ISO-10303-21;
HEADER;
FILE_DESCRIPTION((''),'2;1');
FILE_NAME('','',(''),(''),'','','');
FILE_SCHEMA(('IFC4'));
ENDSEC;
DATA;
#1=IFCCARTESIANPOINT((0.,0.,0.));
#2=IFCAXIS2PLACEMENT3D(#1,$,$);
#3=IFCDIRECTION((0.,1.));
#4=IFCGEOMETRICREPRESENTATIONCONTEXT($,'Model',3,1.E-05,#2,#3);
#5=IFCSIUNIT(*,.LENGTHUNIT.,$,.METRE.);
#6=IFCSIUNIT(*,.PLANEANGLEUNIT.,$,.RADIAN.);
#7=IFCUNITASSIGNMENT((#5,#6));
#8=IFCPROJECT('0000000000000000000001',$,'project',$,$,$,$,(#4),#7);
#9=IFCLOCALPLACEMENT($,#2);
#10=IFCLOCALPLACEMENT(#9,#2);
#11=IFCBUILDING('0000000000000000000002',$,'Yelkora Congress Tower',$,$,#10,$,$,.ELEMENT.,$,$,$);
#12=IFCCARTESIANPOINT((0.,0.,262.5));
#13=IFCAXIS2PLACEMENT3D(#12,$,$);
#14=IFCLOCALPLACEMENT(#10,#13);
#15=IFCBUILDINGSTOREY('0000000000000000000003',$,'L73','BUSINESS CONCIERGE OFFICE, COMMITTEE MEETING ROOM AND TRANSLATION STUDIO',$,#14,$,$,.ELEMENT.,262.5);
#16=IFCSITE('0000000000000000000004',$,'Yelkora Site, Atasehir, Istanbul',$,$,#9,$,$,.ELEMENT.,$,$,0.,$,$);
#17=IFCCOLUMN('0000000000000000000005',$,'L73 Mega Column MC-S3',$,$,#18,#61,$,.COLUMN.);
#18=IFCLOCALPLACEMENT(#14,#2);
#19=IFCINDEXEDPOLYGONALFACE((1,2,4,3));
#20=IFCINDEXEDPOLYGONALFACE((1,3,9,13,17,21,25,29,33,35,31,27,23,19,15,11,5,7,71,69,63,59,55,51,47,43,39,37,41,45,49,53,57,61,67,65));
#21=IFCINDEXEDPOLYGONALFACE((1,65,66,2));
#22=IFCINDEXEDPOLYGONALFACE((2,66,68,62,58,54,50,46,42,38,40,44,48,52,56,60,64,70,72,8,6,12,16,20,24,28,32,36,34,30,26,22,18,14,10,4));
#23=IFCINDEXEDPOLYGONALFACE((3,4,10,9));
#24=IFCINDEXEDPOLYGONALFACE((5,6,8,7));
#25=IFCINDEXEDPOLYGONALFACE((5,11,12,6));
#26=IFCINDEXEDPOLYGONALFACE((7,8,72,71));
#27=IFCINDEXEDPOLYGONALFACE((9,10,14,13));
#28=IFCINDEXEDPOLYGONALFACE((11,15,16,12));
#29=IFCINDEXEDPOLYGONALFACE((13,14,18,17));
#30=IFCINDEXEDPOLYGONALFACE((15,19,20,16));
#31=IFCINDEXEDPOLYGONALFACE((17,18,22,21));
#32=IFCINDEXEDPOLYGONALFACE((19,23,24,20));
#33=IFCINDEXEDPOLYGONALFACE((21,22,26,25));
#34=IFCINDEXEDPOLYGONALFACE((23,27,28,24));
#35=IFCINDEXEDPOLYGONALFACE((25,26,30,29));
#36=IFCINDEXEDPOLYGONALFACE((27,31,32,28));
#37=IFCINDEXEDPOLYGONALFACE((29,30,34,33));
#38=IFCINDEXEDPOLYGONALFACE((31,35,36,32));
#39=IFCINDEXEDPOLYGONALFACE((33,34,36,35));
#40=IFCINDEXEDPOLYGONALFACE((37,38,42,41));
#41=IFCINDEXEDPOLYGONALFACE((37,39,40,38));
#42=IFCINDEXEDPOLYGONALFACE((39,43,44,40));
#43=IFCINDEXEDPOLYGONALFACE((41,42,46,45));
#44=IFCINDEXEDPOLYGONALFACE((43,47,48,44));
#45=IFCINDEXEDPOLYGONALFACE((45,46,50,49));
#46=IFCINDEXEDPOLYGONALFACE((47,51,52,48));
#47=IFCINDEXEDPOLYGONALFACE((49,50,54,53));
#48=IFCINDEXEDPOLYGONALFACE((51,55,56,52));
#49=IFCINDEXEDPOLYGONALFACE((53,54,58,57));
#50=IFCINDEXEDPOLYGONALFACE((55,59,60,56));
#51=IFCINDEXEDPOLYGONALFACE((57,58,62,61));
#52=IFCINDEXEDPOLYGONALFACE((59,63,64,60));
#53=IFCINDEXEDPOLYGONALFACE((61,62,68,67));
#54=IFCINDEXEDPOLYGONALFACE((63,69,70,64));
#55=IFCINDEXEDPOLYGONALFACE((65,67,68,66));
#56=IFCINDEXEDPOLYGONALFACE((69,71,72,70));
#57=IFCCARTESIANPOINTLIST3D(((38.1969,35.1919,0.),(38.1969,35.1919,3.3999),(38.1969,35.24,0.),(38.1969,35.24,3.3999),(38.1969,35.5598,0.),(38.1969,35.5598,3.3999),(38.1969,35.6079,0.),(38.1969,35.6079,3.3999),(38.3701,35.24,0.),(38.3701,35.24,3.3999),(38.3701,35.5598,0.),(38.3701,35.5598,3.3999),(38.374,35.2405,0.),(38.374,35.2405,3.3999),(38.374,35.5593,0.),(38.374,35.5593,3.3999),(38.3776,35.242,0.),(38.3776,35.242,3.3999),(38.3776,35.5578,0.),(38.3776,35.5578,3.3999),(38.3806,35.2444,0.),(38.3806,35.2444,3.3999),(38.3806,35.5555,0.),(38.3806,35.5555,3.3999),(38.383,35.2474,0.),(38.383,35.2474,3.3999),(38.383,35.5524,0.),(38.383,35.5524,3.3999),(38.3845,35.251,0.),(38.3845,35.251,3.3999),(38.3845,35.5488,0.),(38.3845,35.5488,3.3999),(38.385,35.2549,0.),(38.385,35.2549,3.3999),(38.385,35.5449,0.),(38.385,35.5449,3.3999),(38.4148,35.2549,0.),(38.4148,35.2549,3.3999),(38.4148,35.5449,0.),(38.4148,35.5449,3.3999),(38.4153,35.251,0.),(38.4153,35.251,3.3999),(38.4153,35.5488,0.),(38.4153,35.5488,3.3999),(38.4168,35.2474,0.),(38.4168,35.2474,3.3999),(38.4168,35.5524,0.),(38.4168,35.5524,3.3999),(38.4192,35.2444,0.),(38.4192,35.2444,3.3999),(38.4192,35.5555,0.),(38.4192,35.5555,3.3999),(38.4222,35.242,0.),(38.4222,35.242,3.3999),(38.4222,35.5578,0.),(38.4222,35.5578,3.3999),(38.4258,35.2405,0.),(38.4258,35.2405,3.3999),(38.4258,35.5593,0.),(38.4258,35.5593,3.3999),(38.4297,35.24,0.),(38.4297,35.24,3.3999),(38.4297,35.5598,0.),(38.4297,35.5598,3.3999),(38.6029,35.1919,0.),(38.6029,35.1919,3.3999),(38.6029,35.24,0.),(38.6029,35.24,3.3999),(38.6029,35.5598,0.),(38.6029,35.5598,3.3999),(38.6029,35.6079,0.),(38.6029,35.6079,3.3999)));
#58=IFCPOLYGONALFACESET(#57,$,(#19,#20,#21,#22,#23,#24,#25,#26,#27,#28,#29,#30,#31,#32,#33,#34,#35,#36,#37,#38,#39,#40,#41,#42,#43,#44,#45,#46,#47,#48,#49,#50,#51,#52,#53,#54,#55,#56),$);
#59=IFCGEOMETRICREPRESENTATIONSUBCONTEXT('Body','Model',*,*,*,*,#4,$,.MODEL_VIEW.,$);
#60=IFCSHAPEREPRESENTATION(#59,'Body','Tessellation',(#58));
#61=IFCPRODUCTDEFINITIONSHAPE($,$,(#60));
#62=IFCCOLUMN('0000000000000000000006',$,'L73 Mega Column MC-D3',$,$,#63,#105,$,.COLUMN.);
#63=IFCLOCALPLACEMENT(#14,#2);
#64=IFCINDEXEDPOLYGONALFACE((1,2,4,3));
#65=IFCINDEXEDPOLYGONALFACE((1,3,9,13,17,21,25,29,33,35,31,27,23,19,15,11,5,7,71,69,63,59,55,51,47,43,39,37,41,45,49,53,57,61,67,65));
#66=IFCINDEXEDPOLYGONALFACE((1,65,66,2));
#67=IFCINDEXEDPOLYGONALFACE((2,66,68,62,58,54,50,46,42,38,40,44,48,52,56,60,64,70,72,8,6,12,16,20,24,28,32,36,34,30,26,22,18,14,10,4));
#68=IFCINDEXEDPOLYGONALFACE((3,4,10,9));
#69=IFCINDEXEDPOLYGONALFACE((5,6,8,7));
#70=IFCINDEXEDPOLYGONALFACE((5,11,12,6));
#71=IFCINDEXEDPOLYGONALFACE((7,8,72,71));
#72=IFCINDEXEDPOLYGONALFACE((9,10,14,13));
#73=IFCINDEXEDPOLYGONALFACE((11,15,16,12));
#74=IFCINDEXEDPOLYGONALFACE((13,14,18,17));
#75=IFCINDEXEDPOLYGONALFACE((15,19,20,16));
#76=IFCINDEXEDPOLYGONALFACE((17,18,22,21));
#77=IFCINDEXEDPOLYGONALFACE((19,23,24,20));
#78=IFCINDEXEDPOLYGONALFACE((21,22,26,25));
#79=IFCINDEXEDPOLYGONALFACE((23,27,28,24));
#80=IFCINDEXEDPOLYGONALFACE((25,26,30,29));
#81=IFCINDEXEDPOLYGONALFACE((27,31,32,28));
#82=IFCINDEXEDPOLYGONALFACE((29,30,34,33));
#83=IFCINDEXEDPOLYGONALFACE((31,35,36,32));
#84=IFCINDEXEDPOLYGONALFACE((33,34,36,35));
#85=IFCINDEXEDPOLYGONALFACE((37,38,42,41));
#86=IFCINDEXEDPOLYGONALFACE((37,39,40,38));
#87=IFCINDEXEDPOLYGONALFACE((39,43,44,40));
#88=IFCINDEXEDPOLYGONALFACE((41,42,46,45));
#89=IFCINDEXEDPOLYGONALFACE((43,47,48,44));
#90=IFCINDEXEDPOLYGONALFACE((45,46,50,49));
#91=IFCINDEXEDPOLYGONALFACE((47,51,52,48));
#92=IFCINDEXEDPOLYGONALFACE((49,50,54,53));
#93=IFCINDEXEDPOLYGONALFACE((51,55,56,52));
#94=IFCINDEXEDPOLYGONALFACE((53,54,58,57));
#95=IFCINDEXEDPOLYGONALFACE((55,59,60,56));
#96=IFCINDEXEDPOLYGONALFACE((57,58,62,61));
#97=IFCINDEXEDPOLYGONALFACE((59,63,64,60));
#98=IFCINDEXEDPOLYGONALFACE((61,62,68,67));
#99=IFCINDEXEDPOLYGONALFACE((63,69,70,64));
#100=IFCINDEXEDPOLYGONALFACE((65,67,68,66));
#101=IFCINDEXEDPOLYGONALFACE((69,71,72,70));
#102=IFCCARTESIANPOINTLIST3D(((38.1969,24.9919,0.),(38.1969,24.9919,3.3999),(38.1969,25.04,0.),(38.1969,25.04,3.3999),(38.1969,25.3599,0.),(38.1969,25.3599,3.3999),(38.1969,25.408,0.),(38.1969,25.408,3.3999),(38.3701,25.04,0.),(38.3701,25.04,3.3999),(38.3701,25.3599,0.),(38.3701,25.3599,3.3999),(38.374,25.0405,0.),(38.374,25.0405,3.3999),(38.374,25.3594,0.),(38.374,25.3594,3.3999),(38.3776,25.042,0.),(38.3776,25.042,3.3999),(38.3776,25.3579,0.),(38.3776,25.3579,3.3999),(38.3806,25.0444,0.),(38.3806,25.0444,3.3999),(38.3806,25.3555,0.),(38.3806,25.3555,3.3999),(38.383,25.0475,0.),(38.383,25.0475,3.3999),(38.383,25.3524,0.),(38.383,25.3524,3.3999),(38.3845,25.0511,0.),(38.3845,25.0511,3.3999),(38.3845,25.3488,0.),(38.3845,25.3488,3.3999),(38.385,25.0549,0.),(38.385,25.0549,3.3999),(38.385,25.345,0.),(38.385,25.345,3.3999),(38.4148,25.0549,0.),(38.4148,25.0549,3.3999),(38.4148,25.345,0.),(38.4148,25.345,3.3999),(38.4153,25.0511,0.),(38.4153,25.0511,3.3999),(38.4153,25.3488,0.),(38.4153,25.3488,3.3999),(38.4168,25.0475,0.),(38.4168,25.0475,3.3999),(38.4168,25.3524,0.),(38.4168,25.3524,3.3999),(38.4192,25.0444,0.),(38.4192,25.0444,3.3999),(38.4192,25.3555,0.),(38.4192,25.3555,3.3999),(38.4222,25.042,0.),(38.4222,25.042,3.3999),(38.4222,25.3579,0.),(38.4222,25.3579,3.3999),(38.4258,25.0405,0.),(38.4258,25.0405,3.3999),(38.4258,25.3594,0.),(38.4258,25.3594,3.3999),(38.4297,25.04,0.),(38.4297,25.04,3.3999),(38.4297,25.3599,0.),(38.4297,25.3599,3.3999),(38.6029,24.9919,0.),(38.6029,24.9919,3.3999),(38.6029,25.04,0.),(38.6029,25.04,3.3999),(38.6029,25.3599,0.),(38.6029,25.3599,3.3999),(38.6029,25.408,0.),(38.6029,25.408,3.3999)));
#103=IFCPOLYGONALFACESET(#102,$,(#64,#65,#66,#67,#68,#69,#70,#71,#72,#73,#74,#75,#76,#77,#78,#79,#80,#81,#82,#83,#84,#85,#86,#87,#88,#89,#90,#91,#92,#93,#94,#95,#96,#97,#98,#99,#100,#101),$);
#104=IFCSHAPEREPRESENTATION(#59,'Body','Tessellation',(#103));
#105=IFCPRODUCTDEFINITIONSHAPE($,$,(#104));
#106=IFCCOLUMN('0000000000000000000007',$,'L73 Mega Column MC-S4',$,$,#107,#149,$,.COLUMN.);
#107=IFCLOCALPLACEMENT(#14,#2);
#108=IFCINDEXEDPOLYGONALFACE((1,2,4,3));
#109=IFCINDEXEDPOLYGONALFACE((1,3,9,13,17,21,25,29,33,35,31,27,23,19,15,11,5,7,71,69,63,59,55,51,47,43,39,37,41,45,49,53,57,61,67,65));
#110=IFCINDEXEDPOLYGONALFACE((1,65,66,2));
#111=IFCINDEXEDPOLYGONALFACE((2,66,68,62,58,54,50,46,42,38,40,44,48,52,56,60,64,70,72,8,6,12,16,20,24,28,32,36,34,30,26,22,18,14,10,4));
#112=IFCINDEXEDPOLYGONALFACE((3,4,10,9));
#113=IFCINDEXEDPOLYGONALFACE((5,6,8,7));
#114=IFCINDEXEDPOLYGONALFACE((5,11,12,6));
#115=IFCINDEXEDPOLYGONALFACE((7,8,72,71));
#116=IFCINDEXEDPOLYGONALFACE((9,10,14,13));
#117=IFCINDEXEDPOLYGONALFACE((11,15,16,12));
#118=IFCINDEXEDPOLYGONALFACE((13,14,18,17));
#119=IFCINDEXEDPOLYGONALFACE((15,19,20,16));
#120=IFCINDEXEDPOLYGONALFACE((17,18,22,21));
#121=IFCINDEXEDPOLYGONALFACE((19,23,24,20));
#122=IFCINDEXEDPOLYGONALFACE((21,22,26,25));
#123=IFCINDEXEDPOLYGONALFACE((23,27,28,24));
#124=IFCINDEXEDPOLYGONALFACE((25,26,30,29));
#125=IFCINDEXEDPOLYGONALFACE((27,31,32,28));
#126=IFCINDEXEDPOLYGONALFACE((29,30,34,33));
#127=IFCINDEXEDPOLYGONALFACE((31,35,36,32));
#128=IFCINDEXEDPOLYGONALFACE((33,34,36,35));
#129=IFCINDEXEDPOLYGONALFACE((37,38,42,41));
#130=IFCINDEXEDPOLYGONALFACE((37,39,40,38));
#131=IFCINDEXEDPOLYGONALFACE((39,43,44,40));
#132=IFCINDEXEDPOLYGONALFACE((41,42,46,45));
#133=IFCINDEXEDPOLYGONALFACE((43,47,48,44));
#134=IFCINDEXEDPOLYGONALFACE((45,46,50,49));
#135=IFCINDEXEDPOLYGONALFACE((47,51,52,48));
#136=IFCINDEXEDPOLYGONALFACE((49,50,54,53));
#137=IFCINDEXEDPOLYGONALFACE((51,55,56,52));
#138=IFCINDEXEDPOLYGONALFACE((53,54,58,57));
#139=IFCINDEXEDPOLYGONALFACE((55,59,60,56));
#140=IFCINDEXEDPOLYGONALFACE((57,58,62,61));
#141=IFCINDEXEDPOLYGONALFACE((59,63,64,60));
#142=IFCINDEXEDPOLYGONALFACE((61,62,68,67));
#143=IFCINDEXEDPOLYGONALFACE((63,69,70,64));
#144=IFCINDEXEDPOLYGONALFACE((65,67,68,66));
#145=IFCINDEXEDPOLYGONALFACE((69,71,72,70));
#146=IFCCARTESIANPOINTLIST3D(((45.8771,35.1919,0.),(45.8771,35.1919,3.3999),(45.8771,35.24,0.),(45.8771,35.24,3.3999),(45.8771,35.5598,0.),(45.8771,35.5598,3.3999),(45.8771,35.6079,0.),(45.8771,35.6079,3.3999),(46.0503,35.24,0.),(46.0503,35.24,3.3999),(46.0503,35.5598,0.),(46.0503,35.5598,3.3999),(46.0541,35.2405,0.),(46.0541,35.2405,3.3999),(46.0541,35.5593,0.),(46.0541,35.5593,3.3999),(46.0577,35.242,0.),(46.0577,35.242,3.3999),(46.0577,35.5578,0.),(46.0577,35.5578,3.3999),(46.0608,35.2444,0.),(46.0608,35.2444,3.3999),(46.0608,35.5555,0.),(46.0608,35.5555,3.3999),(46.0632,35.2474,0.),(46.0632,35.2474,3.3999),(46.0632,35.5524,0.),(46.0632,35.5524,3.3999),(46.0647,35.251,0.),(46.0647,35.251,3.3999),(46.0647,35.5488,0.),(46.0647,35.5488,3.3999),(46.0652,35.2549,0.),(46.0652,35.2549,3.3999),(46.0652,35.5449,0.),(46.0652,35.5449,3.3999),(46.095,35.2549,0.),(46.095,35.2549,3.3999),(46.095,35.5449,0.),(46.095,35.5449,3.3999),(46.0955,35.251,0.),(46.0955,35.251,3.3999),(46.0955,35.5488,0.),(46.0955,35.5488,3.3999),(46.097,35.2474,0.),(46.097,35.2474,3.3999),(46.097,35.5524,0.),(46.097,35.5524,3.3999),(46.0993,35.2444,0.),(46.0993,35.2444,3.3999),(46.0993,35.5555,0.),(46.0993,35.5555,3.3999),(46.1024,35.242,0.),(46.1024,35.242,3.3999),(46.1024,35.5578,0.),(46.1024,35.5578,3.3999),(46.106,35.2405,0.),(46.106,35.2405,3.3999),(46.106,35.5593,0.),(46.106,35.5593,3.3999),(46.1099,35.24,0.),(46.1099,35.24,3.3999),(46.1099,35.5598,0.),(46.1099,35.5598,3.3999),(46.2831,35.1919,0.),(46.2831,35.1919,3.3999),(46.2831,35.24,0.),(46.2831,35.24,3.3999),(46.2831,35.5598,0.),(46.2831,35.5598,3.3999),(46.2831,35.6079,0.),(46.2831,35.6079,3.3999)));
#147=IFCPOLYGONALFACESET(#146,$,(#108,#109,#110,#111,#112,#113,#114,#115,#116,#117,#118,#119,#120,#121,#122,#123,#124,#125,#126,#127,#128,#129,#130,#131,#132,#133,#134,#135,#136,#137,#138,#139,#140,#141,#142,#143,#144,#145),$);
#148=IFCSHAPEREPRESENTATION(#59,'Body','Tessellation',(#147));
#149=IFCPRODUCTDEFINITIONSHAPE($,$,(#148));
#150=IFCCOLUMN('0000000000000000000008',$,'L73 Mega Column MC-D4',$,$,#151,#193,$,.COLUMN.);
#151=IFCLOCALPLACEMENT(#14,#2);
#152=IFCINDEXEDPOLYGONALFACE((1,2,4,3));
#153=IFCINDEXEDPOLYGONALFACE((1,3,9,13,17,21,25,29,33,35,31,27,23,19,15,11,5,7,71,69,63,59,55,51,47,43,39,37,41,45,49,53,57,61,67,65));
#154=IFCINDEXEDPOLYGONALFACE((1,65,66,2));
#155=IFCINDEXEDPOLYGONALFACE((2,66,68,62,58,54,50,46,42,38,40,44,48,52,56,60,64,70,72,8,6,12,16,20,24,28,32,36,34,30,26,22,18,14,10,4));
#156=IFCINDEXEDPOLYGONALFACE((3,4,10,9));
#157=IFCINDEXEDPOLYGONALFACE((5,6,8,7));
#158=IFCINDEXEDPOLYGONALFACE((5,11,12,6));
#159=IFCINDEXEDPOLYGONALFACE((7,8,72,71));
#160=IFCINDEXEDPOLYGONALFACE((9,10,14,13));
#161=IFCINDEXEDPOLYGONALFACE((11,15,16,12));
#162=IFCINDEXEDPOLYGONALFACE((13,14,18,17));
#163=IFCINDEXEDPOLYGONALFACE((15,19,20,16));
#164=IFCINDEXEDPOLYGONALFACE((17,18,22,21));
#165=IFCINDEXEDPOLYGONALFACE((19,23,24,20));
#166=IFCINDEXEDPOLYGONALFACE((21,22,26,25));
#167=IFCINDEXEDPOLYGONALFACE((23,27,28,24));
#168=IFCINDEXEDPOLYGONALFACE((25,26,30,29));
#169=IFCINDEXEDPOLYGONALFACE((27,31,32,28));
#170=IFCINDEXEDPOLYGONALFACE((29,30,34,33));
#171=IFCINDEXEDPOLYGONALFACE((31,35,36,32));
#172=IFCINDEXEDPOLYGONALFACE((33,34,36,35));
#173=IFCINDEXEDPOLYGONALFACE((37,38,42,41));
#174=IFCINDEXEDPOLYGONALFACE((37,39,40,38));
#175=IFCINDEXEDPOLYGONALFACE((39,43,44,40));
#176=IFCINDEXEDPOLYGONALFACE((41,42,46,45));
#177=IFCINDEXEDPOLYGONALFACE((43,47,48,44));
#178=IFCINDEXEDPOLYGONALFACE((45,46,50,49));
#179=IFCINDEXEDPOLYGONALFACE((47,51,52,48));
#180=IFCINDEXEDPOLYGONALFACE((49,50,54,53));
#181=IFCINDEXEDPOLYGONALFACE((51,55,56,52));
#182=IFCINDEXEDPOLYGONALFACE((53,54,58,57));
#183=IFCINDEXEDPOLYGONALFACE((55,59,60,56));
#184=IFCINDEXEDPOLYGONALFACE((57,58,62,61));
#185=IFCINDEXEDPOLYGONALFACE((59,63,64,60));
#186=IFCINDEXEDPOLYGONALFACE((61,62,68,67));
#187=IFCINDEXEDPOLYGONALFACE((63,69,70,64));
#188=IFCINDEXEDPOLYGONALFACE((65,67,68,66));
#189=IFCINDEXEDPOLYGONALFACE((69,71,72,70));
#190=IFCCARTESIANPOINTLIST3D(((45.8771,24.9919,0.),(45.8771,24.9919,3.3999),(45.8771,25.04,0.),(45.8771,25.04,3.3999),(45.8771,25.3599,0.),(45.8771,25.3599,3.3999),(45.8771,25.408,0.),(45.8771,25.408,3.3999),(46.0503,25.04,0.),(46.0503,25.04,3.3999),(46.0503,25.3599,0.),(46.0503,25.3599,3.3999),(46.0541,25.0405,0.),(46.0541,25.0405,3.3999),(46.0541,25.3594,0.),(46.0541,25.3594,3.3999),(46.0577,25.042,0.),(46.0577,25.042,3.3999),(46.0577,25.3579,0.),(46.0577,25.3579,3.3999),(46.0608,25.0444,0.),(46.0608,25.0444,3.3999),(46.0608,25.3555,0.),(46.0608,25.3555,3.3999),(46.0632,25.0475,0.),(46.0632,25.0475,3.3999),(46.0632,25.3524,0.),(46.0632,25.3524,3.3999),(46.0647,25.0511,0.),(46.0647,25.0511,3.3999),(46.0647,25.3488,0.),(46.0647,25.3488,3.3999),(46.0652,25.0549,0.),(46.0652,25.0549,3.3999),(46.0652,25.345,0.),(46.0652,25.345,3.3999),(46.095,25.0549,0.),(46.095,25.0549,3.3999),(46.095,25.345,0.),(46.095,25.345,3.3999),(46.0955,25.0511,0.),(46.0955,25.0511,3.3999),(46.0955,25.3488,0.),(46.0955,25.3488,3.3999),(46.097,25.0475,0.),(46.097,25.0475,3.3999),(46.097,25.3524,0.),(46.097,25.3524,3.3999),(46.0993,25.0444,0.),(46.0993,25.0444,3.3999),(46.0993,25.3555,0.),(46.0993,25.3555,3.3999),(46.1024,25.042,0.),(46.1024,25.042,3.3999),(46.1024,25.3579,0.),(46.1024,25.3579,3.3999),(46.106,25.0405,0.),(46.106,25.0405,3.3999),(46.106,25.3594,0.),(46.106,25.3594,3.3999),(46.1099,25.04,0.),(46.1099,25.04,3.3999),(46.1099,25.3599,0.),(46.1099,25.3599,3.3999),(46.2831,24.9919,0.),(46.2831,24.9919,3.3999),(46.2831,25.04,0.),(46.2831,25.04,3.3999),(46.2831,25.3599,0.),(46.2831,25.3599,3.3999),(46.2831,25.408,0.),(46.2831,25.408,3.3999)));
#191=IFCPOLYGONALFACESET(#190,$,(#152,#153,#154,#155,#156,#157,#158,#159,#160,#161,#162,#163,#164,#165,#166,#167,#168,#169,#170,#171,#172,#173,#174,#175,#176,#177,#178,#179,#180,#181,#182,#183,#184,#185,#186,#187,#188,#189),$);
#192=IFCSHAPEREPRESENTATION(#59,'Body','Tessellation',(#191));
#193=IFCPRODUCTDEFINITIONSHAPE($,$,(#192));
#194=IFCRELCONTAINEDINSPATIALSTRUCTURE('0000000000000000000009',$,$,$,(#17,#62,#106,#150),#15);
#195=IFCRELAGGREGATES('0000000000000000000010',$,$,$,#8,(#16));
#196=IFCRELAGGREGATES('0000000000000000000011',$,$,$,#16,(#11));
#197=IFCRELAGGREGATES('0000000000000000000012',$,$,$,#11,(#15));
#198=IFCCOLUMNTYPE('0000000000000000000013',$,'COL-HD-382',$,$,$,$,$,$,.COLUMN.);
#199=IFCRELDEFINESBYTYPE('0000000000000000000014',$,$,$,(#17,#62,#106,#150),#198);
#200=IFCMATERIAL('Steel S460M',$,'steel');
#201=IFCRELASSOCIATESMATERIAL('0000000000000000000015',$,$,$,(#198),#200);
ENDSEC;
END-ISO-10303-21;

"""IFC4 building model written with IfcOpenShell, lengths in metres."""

from ifc_helpers import new_model, si_unit, direction, frame, origin, origin_2d, place, context, subcontext, project, spatial, i_section, extrude, material, material_profile, profile_set, type_object, element, save


model = new_model("IFC4")

# Units and contexts
model_context = context("Model", 3, precision=1e-05, world=origin(), true_north=direction((0.0, 1.0)))
body_context = subcontext(model_context, "Body", "Model", "MODEL_VIEW")
ifc_project = project(units=[si_unit("LENGTHUNIT", "METRE"), si_unit("PLANEANGLEUNIT", "RADIAN")], contexts=[model_context])

# Site, building, storey
site_placement = place(None, origin())
site = spatial("IfcSite", under=ifc_project, at=site_placement, Name="Yelkora Site, Atasehir, Istanbul", CompositionType="ELEMENT", RefElevation=0.0)
building_placement = place(site_placement, origin())
building = spatial("IfcBuilding", under=site, at=building_placement, Name="Yelkora Congress Tower", CompositionType="ELEMENT")
storey_placement = place(building_placement, frame((0.0, 0.0, 262.5)))
storey = spatial("IfcBuildingStorey", under=building, at=storey_placement, Name="L73", Description="BUSINESS CONCIERGE OFFICE, COMMITTEE MEETING ROOM AND TRANSLATION STUDIO", CompositionType="ELEMENT", Elevation=262.5)

# Columns
ifc_material_1 = material(Name="Steel S460M", Category="steel")
ifc_material_profile_1 = material_profile(ifc_material_1, i_section(OverallWidth=0.406, OverallDepth=0.416, WebThickness=0.0298, FlangeThickness=0.0481, FilletRadius=0.0149, at=origin_2d()), Name="HD 400x382")
ifc_profile_set_1 = profile_set([ifc_material_profile_1], Name="Steel S460M")
column_type = type_object("IfcColumnType", Name="COL-HD-382", PredefinedType="COLUMN", material=ifc_profile_set_1)
for number, where, z_axis, x_axis, name in (
    (1, (38.3999, 35.3999, 0.0), (0.0, 0.0, 1.0), (1.0, 0.0, 0.0), "L73 Mega Column MC-S3"),
    (2, (38.3999, 25.2, 0.0), (0.0, 0.0, 1.0), (1.0, 0.0, 0.0), "L73 Mega Column MC-D3"),
    (3, (46.0801, 35.3999, 0.0), (0.0, 0.0, 1.0), (1.0, 0.0, 0.0), "L73 Mega Column MC-S4"),
    (4, (46.0801, 25.2, 0.0), (0.0, 0.0, 1.0), (1.0, 0.0, 0.0), "L73 Mega Column MC-D4"),
):
    element("IfcColumn", number, at=place(storey_placement, frame(where, z_axis=z_axis, x_axis=x_axis)), inside=storey, type_object=column_type, Name=name, PredefinedType="COLUMN", context=body_context, shape_type="SweptSolid", body=[
        extrude(i_section(OverallWidth=0.406, OverallDepth=0.416, WebThickness=0.0298, FlangeThickness=0.0481, FilletRadius=0.0149, at=origin_2d()), origin(), (0.0, 0.0, 1.0), 3.3999),
    ])

save(model, "model.ifc")
